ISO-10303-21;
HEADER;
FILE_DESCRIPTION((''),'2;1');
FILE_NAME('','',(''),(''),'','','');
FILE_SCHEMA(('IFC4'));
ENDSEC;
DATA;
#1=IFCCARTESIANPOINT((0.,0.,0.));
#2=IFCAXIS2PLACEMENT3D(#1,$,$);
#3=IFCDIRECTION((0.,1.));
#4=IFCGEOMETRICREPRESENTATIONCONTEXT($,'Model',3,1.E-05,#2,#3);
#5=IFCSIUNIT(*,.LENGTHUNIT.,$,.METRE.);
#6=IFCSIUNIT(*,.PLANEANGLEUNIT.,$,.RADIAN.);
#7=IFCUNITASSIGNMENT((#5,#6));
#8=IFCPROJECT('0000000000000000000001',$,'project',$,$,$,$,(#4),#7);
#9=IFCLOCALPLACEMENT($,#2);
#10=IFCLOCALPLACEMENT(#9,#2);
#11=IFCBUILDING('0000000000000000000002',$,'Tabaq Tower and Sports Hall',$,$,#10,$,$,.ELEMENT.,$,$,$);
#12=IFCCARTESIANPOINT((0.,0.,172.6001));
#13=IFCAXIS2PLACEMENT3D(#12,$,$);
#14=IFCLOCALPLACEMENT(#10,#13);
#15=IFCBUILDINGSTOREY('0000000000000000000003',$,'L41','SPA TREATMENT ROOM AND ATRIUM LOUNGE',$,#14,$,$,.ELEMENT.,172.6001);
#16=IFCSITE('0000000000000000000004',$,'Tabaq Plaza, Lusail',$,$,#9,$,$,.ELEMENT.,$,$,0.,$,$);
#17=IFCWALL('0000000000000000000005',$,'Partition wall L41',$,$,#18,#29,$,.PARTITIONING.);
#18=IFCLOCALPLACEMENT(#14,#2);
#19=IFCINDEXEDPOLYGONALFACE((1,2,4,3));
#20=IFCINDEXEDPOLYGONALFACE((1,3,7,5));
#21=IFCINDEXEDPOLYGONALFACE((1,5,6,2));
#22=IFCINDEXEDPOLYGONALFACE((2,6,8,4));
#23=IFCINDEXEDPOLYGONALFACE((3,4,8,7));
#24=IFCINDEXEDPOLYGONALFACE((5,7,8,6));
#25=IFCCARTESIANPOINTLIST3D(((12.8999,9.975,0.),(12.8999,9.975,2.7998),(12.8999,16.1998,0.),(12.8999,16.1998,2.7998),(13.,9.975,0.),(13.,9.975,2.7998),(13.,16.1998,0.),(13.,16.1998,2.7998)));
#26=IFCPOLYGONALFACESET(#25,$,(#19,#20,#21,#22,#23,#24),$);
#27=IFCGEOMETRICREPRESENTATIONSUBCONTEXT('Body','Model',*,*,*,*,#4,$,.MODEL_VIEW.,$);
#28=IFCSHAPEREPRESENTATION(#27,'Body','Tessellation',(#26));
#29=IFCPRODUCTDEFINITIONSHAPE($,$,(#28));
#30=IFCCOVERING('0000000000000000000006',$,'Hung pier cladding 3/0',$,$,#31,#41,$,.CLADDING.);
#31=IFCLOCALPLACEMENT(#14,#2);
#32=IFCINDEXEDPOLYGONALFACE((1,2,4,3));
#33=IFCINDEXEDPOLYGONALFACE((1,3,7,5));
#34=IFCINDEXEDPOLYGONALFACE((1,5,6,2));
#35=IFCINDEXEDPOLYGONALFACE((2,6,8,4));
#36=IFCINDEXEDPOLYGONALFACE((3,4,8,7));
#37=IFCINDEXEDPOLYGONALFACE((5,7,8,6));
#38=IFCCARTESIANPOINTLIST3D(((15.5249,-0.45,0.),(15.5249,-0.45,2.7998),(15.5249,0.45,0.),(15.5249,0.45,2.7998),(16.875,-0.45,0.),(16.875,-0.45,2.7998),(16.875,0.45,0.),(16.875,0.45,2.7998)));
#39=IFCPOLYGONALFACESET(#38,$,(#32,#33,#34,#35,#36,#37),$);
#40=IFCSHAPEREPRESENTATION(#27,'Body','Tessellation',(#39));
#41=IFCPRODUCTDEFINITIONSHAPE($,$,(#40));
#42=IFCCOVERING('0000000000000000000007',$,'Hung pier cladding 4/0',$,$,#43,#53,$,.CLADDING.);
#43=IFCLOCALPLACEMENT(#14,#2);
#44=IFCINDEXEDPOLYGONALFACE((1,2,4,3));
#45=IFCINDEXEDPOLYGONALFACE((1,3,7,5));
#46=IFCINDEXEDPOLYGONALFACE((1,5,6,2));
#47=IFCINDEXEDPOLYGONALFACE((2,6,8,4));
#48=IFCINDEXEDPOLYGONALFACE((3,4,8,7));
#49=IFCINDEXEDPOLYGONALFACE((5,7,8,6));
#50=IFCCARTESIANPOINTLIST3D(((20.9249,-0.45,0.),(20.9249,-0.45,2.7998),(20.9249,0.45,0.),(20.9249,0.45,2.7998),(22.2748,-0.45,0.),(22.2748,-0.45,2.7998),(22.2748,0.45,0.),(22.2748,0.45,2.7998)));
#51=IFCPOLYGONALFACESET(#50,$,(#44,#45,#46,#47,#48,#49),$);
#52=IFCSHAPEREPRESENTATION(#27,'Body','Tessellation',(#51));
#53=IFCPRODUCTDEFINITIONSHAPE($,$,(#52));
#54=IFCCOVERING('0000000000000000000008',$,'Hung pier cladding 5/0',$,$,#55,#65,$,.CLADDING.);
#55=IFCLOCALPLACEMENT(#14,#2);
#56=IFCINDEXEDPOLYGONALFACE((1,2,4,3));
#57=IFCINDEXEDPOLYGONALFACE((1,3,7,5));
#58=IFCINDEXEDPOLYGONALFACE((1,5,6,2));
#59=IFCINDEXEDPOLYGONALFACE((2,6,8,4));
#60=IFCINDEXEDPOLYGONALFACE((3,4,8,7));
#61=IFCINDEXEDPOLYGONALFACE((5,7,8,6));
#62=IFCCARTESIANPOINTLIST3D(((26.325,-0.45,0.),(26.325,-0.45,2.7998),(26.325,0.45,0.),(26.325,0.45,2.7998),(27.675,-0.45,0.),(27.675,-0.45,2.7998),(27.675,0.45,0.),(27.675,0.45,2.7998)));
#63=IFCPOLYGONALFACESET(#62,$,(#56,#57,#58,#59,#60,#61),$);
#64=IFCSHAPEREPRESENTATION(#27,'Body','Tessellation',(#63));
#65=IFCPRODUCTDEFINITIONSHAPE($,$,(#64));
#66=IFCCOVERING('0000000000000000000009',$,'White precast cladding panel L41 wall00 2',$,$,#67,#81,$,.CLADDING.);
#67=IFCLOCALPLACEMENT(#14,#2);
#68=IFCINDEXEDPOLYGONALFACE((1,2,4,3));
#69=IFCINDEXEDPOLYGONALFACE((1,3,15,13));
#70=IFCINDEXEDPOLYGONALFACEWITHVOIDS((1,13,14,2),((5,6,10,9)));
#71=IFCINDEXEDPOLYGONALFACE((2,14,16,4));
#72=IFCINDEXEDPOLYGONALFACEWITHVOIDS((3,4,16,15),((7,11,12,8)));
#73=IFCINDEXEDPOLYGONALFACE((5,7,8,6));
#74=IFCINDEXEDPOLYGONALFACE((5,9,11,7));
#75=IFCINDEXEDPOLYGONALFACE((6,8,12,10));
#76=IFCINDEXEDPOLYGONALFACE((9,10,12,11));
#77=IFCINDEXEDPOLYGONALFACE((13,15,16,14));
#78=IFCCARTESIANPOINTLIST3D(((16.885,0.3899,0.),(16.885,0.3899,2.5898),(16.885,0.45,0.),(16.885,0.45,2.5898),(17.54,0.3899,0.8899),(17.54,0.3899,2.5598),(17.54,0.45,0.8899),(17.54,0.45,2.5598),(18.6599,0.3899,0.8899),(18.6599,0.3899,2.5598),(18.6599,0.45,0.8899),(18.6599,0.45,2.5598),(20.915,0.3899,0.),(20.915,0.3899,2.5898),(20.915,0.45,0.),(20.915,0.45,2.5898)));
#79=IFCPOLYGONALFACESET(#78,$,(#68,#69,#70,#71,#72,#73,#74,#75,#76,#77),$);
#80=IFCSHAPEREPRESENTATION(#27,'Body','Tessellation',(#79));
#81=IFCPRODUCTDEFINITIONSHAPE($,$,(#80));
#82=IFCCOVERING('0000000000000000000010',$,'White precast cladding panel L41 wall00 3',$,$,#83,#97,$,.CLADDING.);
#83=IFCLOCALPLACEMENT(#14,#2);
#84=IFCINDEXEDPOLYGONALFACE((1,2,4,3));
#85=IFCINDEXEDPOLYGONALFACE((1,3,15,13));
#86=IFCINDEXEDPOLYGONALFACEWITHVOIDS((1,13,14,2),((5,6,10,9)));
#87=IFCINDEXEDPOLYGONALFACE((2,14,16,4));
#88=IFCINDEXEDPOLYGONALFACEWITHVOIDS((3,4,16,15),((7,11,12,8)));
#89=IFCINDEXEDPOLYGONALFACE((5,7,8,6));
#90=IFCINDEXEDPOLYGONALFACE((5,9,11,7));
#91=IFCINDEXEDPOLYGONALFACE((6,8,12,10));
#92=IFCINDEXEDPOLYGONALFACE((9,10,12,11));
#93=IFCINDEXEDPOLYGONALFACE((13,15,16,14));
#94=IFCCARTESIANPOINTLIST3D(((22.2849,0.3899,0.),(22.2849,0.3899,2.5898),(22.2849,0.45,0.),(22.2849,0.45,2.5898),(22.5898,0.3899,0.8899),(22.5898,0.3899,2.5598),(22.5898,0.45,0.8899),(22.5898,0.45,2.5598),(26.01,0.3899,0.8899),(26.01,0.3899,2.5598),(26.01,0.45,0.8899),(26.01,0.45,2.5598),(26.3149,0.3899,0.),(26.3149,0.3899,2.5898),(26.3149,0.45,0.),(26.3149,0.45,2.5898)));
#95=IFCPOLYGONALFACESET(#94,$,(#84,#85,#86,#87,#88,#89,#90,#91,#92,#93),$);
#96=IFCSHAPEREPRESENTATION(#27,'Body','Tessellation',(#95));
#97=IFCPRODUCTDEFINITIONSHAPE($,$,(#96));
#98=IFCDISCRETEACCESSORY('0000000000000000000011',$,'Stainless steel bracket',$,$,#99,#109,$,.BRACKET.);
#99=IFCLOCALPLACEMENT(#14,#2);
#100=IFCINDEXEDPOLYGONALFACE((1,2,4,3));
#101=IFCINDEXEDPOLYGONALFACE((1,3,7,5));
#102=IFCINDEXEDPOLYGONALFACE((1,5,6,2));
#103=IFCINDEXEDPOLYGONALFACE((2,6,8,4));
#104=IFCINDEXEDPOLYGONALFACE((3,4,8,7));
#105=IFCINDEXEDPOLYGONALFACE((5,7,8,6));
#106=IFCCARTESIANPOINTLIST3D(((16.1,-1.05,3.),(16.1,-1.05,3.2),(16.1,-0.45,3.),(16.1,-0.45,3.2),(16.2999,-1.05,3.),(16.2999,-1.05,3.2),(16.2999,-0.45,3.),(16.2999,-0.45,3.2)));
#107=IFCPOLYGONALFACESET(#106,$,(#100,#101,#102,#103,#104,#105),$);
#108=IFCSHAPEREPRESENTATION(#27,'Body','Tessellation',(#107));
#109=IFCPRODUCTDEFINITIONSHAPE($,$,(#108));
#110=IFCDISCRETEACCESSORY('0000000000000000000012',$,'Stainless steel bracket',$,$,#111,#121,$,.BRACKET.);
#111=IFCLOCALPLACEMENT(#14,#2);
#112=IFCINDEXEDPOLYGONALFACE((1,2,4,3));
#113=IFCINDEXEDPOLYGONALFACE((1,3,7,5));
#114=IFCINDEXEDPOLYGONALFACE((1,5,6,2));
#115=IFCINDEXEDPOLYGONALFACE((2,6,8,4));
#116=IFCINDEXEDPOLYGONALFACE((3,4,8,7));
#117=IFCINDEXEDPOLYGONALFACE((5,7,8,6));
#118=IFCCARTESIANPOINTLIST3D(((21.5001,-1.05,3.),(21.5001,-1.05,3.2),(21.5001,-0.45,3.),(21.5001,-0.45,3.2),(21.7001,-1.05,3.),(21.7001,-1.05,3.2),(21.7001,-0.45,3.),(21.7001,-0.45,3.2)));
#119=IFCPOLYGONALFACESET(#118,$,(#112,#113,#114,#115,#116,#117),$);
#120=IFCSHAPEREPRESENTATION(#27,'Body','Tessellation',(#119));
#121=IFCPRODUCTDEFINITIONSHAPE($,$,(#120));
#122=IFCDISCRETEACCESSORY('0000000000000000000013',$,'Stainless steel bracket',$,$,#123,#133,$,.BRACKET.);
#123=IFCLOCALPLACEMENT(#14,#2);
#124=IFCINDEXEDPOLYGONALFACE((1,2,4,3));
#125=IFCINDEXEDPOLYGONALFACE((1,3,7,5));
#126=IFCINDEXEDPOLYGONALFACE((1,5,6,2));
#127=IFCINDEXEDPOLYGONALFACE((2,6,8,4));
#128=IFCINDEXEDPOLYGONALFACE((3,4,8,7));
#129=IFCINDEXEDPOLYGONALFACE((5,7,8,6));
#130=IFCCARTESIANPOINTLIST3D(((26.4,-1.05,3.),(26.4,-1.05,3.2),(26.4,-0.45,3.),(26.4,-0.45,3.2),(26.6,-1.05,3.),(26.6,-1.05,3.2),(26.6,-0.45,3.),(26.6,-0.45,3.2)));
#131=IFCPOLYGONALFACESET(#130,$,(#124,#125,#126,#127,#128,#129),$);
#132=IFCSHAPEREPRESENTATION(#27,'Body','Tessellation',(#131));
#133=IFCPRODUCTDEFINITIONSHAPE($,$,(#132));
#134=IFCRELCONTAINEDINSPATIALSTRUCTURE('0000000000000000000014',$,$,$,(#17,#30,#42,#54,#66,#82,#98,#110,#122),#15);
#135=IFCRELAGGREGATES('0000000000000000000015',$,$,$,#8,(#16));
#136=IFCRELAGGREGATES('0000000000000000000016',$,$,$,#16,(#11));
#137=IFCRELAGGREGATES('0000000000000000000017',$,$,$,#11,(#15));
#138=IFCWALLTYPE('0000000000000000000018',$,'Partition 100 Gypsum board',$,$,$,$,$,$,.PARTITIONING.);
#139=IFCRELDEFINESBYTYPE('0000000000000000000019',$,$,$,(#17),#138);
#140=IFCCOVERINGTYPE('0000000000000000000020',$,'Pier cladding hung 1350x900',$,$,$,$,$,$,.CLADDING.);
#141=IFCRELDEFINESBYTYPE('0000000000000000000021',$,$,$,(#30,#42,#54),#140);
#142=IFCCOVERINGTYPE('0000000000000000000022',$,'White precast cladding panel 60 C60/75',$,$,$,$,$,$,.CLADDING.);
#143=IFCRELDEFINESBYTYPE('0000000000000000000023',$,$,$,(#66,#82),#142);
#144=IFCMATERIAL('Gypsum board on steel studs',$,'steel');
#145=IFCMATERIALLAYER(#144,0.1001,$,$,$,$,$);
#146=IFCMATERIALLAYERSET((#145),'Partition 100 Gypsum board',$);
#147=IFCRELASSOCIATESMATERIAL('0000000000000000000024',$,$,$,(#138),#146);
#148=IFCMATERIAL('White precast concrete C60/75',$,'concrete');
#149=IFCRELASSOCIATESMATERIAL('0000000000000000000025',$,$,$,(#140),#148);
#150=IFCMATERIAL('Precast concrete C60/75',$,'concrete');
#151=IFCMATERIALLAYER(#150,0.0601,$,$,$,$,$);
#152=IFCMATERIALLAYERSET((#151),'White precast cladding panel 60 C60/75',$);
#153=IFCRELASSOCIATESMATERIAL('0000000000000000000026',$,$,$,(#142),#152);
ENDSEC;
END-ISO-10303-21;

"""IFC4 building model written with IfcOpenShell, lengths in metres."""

from ifc_helpers import new_model, si_unit, direction, frame, frame_2d, origin, origin_2d, place, context, subcontext, project, spatial, polyline, rectangle, outline, extrude, material, layer, layer_set, type_object, element, save


model = new_model("IFC4")

# Units and contexts
model_context = context("Model", 3, precision=1e-05, world=origin(), true_north=direction((0.0, 1.0)))
body_context = subcontext(model_context, "Body", "Model", "MODEL_VIEW")
ifc_project = project(units=[si_unit("LENGTHUNIT", "METRE"), si_unit("PLANEANGLEUNIT", "RADIAN")], contexts=[model_context])

# Site, building, storey
site_placement = place(None, origin())
site = spatial("IfcSite", under=ifc_project, at=site_placement, Name="Tabaq Plaza, Lusail", CompositionType="ELEMENT", RefElevation=0.0)
building_placement = place(site_placement, origin())
building = spatial("IfcBuilding", under=site, at=building_placement, Name="Tabaq Tower and Sports Hall", CompositionType="ELEMENT")
storey_placement = place(building_placement, frame((0.0, 0.0, 172.6001)))
storey = spatial("IfcBuildingStorey", under=building, at=storey_placement, Name="L41", Description="SPA TREATMENT ROOM AND ATRIUM LOUNGE", CompositionType="ELEMENT", Elevation=172.6001)

# Wall
ifc_material_1 = material(Name="Gypsum board on steel studs", Category="steel")
ifc_layer_1 = layer(ifc_material_1, 0.1001)
ifc_layer_set_1 = layer_set([ifc_layer_1], Name="Partition 100 Gypsum board")
wall_type = type_object("IfcWallType", Name="Partition 100 Gypsum board", PredefinedType="PARTITIONING", material=ifc_layer_set_1)
wall_1_placement = place(storey_placement, frame((12.95, 9.9751, 0.0), z_axis=(0.0, 0.0, 1.0), x_axis=(0.0, 1.0, 0.0)))
element("IfcWall", 1, at=wall_1_placement, inside=storey, type_object=wall_type, Name="Partition wall L41", PredefinedType="PARTITIONING", context=body_context, shape_type="SweptSolid", body=[
    extrude(rectangle(XDim=6.2249, YDim=0.1001, at=frame_2d((3.1123, 0.0))), origin(), (0.0, 0.0, 1.0), 2.7998),
])

# Coverings
ifc_material_2 = material(Name="White precast concrete C60/75", Category="concrete")
covering_type_1 = type_object("IfcCoveringType", Name="Pier cladding hung 1350x900", PredefinedType="CLADDING", material=ifc_material_2)
covering_1_placement = place(storey_placement, frame((15.5249, 0.0, 0.0), z_axis=(0.0, 0.0, 1.0), x_axis=(1.0, 0.0, 0.0)))
element("IfcCovering", 2, at=covering_1_placement, inside=storey, type_object=covering_type_1, Name="Hung pier cladding 3/0", PredefinedType="CLADDING", context=body_context, shape_type="SweptSolid", body=[
    extrude(rectangle(XDim=1.3501, YDim=0.8999, at=frame_2d((0.675, 0.0))), origin(), (0.0, 0.0, 1.0), 2.7998),
])
covering_2_placement = place(storey_placement, frame((20.925, 0.0, 0.0), z_axis=(0.0, 0.0, 1.0), x_axis=(1.0, 0.0, 0.0)))
element("IfcCovering", 3, at=covering_2_placement, inside=storey, type_object=covering_type_1, Name="Hung pier cladding 4/0", PredefinedType="CLADDING", context=body_context, shape_type="SweptSolid", body=[
    extrude(rectangle(XDim=1.3499, YDim=0.8999, at=frame_2d((0.6748, 0.0))), origin(), (0.0, 0.0, 1.0), 2.7998),
])
covering_3_placement = place(storey_placement, frame((26.325, 0.0, 0.0), z_axis=(0.0, 0.0, 1.0), x_axis=(1.0, 0.0, 0.0)))
element("IfcCovering", 4, at=covering_3_placement, inside=storey, type_object=covering_type_1, Name="Hung pier cladding 5/0", PredefinedType="CLADDING", context=body_context, shape_type="SweptSolid", body=[
    extrude(rectangle(XDim=1.3501, YDim=0.8999, at=frame_2d((0.675, 0.0))), origin(), (0.0, 0.0, 1.0), 2.7998),
])
ifc_material_3 = material(Name="Precast concrete C60/75", Category="concrete")
ifc_layer_2 = layer(ifc_material_3, 0.0601)
ifc_layer_set_2 = layer_set([ifc_layer_2], Name="White precast cladding panel 60 C60/75")
covering_type_2 = type_object("IfcCoveringType", Name="White precast cladding panel 60 C60/75", PredefinedType="CLADDING", material=ifc_layer_set_2)
covering_4_placement = place(storey_placement, frame((16.885, 0.4199, 0.0), z_axis=(0.0, 0.0, 1.0), x_axis=(1.0, 0.0, 0.0)))
element("IfcCovering", 5, at=covering_4_placement, inside=storey, type_object=covering_type_2, Name="White precast cladding panel L41 wall00 2", PredefinedType="CLADDING", context=body_context, shape_type="SweptSolid", body=[
    extrude(outline(polyline([(0.0, 0.0), (4.03, 0.0), (4.03, 2.5898), (0.0, 2.5898), (0.0, 0.0)]), holes=[polyline([(1.7749, 0.8899), (0.655, 0.8899), (0.655, 2.5598), (1.7749, 2.5598), (1.7749, 0.8899)])]), frame((0.0, 0.03, 0.0), z_axis=(0.0, -1.0, 0.0), x_axis=(1.0, 0.0, 0.0)), (0.0, 0.0, 1.0), 0.0601),
])
covering_5_placement = place(storey_placement, frame((22.2849, 0.4199, 0.0), z_axis=(0.0, 0.0, 1.0), x_axis=(1.0, 0.0, 0.0)))
element("IfcCovering", 6, at=covering_5_placement, inside=storey, type_object=covering_type_2, Name="White precast cladding panel L41 wall00 3", PredefinedType="CLADDING", context=body_context, shape_type="SweptSolid", body=[
    extrude(outline(polyline([(0.0, 0.0), (4.03, 0.0), (4.03, 2.5898), (0.0, 2.5898), (0.0, 0.0)]), holes=[polyline([(3.7251, 0.8899), (0.3049, 0.8899), (0.3049, 2.5598), (3.7251, 2.5598), (3.7251, 0.8899)])]), frame((0.0, 0.03, 0.0), z_axis=(0.0, -1.0, 0.0), x_axis=(1.0, 0.0, 0.0)), (0.0, 0.0, 1.0), 0.0601),
])

# Discrete accessories
for number, where, z_axis, x_axis, name in (
    (7, (16.2, -0.75, 3.0), (0.0, 0.0, 1.0), (0.0, -1.0, 0.0), "Stainless steel bracket"),
    (8, (21.6001, -0.75, 3.0), (0.0, 0.0, 1.0), (0.0, -1.0, 0.0), "Stainless steel bracket"),
    (9, (26.5, -0.75, 3.0), (0.0, 0.0, 1.0), (0.0, -1.0, 0.0), "Stainless steel bracket"),
):
    element("IfcDiscreteAccessory", number, at=place(storey_placement, frame(where, z_axis=z_axis, x_axis=x_axis)), inside=storey, Name=name, PredefinedType="BRACKET", context=body_context, shape_type="SweptSolid", body=[
        extrude(rectangle(XDim=0.6001, YDim=0.2, at=origin_2d()), origin(), (0.0, 0.0, 1.0), 0.2),
    ])

save(model, "model.ifc")
